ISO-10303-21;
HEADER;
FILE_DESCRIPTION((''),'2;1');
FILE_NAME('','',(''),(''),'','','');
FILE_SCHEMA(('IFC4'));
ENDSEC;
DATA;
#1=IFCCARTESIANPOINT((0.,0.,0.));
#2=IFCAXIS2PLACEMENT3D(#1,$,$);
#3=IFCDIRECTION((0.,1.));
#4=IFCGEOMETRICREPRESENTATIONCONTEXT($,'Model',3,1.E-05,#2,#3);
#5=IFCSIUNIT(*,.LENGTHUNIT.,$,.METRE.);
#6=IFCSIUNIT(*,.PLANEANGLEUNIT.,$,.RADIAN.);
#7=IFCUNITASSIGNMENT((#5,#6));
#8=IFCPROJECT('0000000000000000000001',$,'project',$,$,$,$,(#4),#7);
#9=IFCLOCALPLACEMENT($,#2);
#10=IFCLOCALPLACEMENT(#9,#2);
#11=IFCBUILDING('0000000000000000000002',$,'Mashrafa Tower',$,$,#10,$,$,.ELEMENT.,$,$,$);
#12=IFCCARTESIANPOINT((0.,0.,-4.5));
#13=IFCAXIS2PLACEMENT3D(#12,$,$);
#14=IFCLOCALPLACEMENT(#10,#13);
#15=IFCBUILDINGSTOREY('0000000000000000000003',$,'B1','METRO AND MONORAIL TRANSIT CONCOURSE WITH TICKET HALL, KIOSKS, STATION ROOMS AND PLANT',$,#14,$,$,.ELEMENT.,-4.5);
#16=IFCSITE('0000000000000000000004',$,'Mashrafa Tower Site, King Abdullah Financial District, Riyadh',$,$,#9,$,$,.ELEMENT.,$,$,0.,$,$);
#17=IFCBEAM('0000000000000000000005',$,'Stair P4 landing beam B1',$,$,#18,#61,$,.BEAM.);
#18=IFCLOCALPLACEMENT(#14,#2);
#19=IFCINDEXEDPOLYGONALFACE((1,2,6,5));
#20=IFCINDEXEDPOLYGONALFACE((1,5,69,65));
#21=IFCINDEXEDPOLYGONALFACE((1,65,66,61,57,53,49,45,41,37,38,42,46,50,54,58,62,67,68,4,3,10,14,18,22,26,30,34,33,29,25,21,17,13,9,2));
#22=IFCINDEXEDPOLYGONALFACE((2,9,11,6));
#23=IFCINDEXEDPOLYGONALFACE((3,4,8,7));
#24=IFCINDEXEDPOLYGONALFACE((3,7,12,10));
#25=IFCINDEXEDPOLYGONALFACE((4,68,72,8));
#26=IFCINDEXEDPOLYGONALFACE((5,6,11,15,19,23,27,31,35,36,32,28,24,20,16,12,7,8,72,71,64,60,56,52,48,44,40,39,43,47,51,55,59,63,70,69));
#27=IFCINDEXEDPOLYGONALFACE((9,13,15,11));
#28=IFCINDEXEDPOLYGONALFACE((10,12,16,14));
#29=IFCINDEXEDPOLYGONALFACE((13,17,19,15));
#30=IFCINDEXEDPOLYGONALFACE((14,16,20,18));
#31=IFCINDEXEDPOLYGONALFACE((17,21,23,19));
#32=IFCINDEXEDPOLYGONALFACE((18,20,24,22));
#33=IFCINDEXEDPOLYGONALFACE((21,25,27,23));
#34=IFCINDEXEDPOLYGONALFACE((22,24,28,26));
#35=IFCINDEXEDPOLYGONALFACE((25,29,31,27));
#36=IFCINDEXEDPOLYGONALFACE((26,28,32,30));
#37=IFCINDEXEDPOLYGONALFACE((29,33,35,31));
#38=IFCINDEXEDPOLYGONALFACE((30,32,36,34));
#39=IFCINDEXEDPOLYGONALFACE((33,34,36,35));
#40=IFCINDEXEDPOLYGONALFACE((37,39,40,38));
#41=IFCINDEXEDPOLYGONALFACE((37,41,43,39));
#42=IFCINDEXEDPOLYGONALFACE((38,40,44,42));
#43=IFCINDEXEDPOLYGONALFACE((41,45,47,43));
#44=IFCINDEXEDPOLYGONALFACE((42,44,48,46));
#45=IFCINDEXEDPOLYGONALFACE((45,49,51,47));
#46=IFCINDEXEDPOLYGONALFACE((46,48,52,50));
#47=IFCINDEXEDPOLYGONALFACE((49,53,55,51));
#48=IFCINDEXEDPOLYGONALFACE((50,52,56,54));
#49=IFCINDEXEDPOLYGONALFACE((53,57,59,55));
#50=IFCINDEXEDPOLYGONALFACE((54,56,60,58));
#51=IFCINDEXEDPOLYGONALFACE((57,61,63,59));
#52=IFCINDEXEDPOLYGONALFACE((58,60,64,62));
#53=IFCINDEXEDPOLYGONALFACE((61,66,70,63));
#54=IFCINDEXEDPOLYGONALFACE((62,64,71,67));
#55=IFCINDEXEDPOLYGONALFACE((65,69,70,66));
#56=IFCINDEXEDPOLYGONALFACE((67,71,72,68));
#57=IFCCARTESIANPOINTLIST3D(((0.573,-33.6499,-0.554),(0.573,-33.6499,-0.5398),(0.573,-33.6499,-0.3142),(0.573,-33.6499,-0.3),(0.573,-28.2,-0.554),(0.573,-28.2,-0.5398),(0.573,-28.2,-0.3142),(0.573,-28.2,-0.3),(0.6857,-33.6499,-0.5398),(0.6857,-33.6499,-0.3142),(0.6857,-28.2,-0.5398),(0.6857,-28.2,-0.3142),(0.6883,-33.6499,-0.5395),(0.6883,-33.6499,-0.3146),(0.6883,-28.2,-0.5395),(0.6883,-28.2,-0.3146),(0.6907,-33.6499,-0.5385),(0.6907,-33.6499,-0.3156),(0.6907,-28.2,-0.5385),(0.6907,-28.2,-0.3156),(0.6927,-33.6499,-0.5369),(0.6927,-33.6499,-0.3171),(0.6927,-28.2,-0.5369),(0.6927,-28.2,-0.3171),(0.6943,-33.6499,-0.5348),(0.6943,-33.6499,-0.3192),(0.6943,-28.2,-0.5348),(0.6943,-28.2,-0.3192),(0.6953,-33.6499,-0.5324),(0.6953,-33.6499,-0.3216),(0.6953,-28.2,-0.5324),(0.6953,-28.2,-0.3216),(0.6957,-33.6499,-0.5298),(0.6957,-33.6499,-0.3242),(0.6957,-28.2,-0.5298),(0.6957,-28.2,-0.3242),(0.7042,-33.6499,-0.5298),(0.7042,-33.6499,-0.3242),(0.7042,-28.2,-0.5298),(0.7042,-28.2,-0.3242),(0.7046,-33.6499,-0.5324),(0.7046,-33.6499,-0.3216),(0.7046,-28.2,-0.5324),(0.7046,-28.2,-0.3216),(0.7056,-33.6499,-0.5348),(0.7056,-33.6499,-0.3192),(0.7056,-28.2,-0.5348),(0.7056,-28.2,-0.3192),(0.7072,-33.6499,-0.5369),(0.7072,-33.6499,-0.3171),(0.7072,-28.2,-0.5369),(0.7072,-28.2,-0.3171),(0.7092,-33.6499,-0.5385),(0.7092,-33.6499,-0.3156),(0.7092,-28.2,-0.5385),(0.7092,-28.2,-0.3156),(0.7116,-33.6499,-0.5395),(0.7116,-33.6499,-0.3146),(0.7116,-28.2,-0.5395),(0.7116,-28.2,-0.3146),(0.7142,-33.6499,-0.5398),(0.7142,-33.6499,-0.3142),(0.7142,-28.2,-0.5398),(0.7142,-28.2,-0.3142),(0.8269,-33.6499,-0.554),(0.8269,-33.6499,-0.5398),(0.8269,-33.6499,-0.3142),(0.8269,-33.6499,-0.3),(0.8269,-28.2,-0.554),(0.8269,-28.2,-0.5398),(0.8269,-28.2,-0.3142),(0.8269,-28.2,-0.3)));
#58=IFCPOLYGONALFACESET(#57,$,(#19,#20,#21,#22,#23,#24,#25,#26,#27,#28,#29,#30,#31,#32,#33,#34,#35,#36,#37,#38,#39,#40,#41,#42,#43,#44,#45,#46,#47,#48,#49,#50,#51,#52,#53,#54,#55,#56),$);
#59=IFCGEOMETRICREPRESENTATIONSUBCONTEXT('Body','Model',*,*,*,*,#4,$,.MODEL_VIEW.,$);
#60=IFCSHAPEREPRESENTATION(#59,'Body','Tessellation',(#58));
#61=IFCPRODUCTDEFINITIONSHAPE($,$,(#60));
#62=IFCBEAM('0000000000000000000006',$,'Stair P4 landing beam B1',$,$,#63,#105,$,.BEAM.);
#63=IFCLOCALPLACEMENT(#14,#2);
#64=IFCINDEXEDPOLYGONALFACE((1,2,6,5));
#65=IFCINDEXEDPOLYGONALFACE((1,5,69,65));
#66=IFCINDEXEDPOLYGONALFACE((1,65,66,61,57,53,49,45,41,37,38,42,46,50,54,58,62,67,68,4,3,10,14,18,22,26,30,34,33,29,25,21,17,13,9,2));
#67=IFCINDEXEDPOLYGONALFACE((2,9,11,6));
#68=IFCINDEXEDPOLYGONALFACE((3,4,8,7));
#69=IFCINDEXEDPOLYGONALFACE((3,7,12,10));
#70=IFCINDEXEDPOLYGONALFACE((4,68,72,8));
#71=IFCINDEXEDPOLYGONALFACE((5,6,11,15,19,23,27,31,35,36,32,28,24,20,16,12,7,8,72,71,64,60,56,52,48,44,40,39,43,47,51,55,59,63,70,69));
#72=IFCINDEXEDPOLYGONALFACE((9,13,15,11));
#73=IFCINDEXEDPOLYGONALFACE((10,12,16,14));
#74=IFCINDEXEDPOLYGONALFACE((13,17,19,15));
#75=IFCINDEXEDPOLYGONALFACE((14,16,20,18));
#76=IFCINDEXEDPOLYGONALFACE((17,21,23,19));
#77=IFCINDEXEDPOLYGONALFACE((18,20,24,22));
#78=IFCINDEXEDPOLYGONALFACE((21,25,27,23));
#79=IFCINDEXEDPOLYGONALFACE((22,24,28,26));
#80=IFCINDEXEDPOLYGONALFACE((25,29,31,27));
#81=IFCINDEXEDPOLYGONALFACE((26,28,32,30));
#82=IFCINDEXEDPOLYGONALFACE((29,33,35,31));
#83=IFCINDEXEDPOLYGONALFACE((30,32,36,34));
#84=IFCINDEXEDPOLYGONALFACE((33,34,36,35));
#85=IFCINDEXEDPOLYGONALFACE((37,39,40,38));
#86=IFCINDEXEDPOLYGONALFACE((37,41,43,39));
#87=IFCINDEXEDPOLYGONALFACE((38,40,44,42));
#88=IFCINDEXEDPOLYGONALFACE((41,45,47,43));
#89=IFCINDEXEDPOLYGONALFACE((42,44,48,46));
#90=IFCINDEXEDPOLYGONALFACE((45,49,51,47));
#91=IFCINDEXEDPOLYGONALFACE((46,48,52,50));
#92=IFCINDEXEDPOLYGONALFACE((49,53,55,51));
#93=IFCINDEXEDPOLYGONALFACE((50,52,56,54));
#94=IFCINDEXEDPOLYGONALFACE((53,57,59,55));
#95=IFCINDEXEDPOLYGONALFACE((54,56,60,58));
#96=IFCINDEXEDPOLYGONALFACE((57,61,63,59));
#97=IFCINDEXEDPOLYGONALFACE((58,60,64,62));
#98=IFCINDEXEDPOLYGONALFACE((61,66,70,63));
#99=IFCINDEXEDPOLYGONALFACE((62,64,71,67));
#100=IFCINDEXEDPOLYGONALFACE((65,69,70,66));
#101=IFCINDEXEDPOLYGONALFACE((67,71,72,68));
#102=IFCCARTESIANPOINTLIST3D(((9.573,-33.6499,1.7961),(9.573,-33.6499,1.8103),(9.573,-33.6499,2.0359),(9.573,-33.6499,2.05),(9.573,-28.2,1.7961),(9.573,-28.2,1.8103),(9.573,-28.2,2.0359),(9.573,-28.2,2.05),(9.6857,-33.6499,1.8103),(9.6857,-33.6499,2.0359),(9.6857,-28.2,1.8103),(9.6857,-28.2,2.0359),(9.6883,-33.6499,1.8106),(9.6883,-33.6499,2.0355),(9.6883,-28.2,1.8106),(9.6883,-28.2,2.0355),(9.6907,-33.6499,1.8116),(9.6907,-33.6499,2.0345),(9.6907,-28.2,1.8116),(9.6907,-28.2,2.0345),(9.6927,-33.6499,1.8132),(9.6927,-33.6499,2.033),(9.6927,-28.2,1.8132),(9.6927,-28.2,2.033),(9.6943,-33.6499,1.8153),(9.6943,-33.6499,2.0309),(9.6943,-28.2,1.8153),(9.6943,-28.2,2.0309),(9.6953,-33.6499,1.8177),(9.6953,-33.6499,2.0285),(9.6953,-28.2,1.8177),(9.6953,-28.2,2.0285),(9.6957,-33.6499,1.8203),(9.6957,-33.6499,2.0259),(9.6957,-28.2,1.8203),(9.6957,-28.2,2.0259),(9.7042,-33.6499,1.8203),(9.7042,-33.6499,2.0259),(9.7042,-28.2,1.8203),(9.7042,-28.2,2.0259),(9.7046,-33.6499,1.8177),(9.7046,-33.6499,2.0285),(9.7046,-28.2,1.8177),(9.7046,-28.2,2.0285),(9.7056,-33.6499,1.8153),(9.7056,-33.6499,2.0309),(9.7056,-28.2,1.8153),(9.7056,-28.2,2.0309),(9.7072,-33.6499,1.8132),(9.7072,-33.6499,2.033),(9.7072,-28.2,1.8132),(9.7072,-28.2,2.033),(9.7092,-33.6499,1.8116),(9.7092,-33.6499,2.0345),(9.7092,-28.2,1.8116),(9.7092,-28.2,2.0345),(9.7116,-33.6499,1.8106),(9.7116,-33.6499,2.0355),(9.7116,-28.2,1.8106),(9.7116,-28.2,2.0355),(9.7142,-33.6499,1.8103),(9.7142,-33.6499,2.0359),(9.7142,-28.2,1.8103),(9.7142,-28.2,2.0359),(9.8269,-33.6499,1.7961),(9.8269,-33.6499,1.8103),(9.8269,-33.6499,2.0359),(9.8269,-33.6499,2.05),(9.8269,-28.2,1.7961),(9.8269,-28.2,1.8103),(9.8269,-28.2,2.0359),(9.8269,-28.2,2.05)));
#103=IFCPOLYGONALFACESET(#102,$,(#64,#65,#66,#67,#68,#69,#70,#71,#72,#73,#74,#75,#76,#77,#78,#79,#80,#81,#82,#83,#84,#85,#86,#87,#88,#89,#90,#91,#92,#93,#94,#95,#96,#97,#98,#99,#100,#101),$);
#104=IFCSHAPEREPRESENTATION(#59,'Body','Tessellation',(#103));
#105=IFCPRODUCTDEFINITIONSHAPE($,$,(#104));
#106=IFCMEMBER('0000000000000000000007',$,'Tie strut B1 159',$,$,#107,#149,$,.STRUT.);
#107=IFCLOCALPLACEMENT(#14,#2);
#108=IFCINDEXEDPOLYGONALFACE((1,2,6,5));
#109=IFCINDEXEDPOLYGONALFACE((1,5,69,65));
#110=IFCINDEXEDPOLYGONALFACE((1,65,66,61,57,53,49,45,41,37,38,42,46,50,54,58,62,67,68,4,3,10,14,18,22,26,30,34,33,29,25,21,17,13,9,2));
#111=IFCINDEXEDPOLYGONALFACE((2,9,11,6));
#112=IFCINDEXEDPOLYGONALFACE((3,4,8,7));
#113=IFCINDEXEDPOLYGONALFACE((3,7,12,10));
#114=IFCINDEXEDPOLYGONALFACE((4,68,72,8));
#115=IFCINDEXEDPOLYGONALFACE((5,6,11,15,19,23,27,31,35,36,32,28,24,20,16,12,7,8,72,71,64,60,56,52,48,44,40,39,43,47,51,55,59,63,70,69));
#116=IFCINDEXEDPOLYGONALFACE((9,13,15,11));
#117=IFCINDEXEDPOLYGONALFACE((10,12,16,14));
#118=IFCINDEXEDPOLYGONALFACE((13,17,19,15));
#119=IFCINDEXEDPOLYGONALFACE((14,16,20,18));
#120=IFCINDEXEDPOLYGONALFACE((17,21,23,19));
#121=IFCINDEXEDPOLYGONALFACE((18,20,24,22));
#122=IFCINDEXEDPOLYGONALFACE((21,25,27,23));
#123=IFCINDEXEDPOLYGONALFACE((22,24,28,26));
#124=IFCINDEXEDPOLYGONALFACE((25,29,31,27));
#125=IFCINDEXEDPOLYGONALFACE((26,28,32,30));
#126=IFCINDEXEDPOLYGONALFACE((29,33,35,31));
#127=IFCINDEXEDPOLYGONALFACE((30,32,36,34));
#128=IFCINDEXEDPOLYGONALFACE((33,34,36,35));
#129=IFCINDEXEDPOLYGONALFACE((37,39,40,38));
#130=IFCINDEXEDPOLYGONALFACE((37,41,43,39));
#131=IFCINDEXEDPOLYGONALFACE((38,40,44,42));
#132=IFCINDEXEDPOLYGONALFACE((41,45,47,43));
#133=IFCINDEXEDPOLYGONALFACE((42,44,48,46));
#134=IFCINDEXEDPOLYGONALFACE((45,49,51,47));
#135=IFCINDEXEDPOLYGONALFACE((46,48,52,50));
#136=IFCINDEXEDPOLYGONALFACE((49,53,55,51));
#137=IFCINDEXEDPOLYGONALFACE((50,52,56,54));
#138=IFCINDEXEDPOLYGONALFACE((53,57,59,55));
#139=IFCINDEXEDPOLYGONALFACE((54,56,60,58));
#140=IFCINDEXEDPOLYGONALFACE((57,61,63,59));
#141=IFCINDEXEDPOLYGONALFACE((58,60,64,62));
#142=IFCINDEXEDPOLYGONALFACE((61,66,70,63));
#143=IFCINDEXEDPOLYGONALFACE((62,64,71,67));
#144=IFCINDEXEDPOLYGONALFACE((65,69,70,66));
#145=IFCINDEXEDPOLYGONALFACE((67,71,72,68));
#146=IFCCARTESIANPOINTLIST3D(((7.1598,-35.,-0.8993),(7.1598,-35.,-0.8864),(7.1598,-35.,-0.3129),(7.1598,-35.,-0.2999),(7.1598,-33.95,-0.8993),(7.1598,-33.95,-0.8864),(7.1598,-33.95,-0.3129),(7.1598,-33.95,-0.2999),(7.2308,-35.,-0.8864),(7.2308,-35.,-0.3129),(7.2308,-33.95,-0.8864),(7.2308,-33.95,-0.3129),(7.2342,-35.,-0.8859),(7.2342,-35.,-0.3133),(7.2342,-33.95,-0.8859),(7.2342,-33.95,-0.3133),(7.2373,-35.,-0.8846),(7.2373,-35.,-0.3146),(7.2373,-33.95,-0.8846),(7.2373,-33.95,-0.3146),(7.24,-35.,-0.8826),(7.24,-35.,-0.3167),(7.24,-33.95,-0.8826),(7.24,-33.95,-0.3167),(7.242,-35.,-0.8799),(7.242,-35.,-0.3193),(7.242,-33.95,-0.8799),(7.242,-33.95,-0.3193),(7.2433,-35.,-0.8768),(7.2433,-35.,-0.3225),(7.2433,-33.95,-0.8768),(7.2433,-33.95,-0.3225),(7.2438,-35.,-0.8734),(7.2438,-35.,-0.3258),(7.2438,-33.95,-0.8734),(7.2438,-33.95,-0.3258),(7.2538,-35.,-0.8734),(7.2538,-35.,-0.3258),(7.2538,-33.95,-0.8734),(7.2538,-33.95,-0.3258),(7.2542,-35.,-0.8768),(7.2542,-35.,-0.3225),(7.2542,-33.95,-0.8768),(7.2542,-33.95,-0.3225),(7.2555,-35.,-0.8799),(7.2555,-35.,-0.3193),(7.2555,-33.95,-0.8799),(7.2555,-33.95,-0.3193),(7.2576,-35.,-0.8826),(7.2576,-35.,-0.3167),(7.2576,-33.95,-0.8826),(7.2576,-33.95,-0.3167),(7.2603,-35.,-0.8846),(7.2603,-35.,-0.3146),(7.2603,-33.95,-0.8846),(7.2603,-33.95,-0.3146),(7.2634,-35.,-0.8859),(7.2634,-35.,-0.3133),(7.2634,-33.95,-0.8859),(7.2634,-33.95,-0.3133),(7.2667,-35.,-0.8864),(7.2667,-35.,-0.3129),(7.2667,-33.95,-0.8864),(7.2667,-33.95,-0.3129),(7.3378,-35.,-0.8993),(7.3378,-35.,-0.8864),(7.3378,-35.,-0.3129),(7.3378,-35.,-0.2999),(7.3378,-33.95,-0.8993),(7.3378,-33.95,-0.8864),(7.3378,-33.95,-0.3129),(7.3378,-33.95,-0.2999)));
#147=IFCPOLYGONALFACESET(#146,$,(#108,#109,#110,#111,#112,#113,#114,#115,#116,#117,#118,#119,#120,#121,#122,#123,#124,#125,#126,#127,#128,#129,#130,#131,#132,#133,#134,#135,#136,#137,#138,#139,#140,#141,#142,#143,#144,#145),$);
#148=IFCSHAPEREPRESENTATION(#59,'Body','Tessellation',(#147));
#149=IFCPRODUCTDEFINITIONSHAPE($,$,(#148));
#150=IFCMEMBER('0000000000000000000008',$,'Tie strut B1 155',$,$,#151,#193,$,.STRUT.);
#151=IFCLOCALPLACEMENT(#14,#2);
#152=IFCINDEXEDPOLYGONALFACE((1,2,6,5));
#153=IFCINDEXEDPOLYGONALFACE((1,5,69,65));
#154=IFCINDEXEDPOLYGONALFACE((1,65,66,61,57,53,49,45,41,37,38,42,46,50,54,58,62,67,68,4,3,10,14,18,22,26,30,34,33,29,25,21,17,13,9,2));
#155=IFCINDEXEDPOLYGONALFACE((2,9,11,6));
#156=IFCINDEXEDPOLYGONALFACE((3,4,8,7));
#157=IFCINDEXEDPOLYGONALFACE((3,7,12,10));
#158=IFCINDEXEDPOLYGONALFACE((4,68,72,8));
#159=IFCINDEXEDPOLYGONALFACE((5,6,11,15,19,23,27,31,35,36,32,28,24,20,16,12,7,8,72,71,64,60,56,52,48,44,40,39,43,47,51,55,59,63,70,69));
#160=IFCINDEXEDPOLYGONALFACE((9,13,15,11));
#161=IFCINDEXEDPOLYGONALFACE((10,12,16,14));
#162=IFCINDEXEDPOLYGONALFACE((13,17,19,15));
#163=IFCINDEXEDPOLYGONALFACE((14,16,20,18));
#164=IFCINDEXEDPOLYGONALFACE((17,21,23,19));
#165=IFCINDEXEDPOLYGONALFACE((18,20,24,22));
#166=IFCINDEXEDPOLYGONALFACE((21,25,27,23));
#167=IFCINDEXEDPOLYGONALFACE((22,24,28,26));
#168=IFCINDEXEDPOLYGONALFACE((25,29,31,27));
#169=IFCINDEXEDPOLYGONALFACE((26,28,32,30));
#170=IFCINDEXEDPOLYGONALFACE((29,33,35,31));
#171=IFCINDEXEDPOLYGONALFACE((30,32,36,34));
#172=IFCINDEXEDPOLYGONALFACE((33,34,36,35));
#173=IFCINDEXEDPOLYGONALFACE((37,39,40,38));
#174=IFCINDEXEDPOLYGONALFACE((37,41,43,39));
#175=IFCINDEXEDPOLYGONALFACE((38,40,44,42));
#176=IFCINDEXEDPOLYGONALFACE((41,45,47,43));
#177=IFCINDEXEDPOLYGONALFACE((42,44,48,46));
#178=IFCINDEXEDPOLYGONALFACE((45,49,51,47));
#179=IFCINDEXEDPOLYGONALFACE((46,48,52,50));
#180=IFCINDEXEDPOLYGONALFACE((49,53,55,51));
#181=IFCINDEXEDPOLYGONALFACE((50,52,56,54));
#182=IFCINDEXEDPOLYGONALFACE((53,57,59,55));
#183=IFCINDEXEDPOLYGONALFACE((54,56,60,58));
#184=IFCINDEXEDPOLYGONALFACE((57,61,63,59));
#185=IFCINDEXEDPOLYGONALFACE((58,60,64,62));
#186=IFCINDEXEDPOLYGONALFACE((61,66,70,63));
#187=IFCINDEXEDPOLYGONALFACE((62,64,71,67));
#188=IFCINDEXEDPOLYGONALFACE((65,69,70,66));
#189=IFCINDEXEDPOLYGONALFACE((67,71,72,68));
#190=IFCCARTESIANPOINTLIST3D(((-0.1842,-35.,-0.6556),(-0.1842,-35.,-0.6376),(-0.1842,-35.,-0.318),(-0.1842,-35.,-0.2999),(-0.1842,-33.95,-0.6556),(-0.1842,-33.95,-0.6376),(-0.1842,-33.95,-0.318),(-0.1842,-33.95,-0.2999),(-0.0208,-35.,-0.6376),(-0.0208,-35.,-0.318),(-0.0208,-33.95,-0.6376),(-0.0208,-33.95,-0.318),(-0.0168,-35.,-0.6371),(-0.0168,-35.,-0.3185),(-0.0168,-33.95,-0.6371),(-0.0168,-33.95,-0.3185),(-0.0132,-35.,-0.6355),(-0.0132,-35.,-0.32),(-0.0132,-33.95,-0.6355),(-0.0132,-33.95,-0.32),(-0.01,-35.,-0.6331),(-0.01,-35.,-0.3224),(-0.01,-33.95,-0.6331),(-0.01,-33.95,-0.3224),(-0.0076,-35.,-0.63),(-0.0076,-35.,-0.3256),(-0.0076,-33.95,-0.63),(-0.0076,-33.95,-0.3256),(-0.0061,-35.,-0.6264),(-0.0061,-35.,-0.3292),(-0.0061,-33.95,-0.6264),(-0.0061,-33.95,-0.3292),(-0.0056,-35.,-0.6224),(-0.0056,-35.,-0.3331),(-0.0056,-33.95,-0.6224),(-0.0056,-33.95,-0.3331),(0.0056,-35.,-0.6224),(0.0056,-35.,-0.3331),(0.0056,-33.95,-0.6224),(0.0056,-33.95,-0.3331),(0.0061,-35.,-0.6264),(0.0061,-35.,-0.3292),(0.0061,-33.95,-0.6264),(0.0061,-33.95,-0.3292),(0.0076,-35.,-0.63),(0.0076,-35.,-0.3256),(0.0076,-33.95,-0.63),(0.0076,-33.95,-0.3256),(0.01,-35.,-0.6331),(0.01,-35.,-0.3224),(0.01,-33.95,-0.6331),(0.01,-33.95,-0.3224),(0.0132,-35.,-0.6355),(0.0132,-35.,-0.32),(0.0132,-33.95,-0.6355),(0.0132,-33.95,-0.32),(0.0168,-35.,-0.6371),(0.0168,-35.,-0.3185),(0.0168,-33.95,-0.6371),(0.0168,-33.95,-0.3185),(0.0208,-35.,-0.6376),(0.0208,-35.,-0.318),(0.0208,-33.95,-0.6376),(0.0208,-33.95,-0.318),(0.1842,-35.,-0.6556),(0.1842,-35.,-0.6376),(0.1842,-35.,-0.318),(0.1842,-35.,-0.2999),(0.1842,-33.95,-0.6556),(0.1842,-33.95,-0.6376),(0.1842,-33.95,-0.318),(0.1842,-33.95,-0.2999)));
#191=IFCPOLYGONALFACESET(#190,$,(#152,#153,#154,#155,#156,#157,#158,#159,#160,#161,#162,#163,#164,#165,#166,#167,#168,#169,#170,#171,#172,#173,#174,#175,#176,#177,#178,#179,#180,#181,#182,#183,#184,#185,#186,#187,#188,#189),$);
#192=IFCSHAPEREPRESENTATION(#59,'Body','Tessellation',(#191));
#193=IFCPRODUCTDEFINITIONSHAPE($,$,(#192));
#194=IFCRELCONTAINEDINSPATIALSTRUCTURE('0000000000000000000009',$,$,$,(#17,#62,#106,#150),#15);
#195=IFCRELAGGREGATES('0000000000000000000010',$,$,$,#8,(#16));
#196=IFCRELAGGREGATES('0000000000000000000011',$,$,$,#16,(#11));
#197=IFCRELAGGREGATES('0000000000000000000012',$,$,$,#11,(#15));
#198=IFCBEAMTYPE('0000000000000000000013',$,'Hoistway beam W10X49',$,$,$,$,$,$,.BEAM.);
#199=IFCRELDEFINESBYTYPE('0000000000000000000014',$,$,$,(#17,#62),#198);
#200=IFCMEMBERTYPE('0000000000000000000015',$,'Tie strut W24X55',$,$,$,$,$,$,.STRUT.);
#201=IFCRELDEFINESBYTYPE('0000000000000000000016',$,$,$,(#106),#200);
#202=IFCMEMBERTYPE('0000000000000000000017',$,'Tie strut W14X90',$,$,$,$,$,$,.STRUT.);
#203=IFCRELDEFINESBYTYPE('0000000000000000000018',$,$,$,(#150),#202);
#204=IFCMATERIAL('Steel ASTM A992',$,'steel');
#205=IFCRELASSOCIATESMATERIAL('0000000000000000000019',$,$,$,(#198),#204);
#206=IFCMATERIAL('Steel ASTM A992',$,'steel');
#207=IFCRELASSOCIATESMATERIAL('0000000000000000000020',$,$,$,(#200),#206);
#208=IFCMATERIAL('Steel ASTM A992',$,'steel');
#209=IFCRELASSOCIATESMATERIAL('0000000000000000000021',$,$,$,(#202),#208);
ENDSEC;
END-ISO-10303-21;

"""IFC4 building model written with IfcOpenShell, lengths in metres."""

from ifc_helpers import new_model, si_unit, direction, frame, origin, origin_2d, place, context, subcontext, project, spatial, i_section, extrude, source, transform, mapped, material, material_profile, profile_set, type_object, type_shapes, element, save


model = new_model("IFC4")

# Units and contexts
model_context = context("Model", 3, precision=1e-05, world=origin(), true_north=direction((0.0, 1.0)))
body_context = subcontext(model_context, "Body", "Model", "MODEL_VIEW")
ifc_project = project(units=[si_unit("LENGTHUNIT", "METRE"), si_unit("PLANEANGLEUNIT", "RADIAN")], contexts=[model_context])

# Site, building, storey
site_placement = place(None, origin())
site = spatial("IfcSite", under=ifc_project, at=site_placement, Name="Mashrafa Tower Site, King Abdullah Financial District, Riyadh", CompositionType="ELEMENT", RefElevation=0.0)
building_placement = place(site_placement, origin())
building = spatial("IfcBuilding", under=site, at=building_placement, Name="Mashrafa Tower", CompositionType="ELEMENT")
storey_placement = place(building_placement, frame((0.0, 0.0, -4.5)))
storey = spatial("IfcBuildingStorey", under=building, at=storey_placement, Name="B1", Description="METRO AND MONORAIL TRANSIT CONCOURSE WITH TICKET HALL, KIOSKS, STATION ROOMS AND PLANT", CompositionType="ELEMENT", Elevation=-4.5)

# Beams
ifc_material_1 = material(Name="Steel ASTM A992", Category="steel")
ifc_material_profile_1 = material_profile(ifc_material_1, i_section(OverallWidth=0.2539, OverallDepth=0.2539, WebThickness=0.0085, FlangeThickness=0.0142, FilletRadius=0.01, at=origin_2d()), Name="W10X49")
ifc_profile_set_1 = profile_set([ifc_material_profile_1], Name="Steel ASTM A992")
beam_type_1 = type_object("IfcBeamType", Name="Hoistway beam W10X49", PredefinedType="BEAM", material=ifc_profile_set_1)
for number, where, z_axis, x_axis, name in (
    (1, (0.7, -33.6499, -0.427), (0.0, 1.0, 0.0), (-1.0, 0.0, 0.0), "Stair P4 landing beam B1"),
    (2, (9.7, -33.6499, 1.9231), (0.0, 1.0, 0.0), (-1.0, 0.0, 0.0), "Stair P4 landing beam B1"),
):
    element("IfcBeam", number, at=place(storey_placement, frame(where, z_axis=z_axis, x_axis=x_axis)), inside=storey, type_object=beam_type_1, Name=name, PredefinedType="BEAM", context=body_context, shape_type="SweptSolid", body=[
        extrude(i_section(OverallWidth=0.2539, OverallDepth=0.2539, WebThickness=0.0085, FlangeThickness=0.0142, FilletRadius=0.01, at=origin_2d()), origin(), (0.0, 0.0, 1.0), 5.45),
    ])

# Members
ifc_material_2 = material(Name="Steel ASTM A992", Category="steel")
ifc_material_profile_2 = material_profile(ifc_material_2, i_section(OverallWidth=0.178, OverallDepth=0.5994, WebThickness=0.01, FlangeThickness=0.0129, FilletRadius=0.0129, at=origin_2d()), Name="W24X55")
ifc_profile_set_2 = profile_set([ifc_material_profile_2], Name="Steel ASTM A992")
member_type_1 = type_object("IfcMemberType", Name="Tie strut W24X55", PredefinedType="STRUT", material=ifc_profile_set_2)
shared_shape_1 = source(origin(), body_context, "Body", "SweptSolid", [
    extrude(i_section(OverallWidth=0.178, OverallDepth=0.5994, WebThickness=0.01, FlangeThickness=0.0129, FilletRadius=0.0129, at=origin_2d()), origin(), (0.0, 0.0, 1.0), 1.05),
])
type_shapes(member_type_1, [shared_shape_1])
member_1_placement = place(storey_placement, frame((7.2488, -33.95, -0.5996), z_axis=(0.0, -1.0, 0.0), x_axis=(1.0, 0.0, 0.0)))
element("IfcMember", 3, at=member_1_placement, inside=storey, type_object=member_type_1, Name="Tie strut B1 159", PredefinedType="STRUT", context=body_context, shape_type="MappedRepresentation", body=[
    mapped(shared_shape_1, transform((0.0, 0.0, 0.0))),
])
ifc_material_3 = material(Name="Steel ASTM A992", Category="steel")
ifc_material_profile_3 = material_profile(ifc_material_3, i_section(OverallWidth=0.3684, OverallDepth=0.3557, WebThickness=0.0112, FlangeThickness=0.0181, FilletRadius=0.0151, at=origin_2d()), Name="W14X90")
ifc_profile_set_3 = profile_set([ifc_material_profile_3], Name="Steel ASTM A992")
member_type_2 = type_object("IfcMemberType", Name="Tie strut W14X90", PredefinedType="STRUT", material=ifc_profile_set_3)
shared_shape_2 = source(origin(), body_context, "Body", "SweptSolid", [
    extrude(i_section(OverallWidth=0.3684, OverallDepth=0.3557, WebThickness=0.0112, FlangeThickness=0.0181, FilletRadius=0.0151, at=origin_2d()), origin(), (0.0, 0.0, 1.0), 1.05),
])
member_2_placement = place(storey_placement, frame((0.0, -33.95, -0.4778), z_axis=(0.0, -1.0, 0.0), x_axis=(1.0, 0.0, 0.0)))
element("IfcMember", 4, at=member_2_placement, inside=storey, type_object=member_type_2, Name="Tie strut B1 155", PredefinedType="STRUT", context=body_context, shape_type="MappedRepresentation", body=[
    mapped(shared_shape_2, transform((0.0, 0.0, 0.0))),
])

save(model, "model.ifc")
